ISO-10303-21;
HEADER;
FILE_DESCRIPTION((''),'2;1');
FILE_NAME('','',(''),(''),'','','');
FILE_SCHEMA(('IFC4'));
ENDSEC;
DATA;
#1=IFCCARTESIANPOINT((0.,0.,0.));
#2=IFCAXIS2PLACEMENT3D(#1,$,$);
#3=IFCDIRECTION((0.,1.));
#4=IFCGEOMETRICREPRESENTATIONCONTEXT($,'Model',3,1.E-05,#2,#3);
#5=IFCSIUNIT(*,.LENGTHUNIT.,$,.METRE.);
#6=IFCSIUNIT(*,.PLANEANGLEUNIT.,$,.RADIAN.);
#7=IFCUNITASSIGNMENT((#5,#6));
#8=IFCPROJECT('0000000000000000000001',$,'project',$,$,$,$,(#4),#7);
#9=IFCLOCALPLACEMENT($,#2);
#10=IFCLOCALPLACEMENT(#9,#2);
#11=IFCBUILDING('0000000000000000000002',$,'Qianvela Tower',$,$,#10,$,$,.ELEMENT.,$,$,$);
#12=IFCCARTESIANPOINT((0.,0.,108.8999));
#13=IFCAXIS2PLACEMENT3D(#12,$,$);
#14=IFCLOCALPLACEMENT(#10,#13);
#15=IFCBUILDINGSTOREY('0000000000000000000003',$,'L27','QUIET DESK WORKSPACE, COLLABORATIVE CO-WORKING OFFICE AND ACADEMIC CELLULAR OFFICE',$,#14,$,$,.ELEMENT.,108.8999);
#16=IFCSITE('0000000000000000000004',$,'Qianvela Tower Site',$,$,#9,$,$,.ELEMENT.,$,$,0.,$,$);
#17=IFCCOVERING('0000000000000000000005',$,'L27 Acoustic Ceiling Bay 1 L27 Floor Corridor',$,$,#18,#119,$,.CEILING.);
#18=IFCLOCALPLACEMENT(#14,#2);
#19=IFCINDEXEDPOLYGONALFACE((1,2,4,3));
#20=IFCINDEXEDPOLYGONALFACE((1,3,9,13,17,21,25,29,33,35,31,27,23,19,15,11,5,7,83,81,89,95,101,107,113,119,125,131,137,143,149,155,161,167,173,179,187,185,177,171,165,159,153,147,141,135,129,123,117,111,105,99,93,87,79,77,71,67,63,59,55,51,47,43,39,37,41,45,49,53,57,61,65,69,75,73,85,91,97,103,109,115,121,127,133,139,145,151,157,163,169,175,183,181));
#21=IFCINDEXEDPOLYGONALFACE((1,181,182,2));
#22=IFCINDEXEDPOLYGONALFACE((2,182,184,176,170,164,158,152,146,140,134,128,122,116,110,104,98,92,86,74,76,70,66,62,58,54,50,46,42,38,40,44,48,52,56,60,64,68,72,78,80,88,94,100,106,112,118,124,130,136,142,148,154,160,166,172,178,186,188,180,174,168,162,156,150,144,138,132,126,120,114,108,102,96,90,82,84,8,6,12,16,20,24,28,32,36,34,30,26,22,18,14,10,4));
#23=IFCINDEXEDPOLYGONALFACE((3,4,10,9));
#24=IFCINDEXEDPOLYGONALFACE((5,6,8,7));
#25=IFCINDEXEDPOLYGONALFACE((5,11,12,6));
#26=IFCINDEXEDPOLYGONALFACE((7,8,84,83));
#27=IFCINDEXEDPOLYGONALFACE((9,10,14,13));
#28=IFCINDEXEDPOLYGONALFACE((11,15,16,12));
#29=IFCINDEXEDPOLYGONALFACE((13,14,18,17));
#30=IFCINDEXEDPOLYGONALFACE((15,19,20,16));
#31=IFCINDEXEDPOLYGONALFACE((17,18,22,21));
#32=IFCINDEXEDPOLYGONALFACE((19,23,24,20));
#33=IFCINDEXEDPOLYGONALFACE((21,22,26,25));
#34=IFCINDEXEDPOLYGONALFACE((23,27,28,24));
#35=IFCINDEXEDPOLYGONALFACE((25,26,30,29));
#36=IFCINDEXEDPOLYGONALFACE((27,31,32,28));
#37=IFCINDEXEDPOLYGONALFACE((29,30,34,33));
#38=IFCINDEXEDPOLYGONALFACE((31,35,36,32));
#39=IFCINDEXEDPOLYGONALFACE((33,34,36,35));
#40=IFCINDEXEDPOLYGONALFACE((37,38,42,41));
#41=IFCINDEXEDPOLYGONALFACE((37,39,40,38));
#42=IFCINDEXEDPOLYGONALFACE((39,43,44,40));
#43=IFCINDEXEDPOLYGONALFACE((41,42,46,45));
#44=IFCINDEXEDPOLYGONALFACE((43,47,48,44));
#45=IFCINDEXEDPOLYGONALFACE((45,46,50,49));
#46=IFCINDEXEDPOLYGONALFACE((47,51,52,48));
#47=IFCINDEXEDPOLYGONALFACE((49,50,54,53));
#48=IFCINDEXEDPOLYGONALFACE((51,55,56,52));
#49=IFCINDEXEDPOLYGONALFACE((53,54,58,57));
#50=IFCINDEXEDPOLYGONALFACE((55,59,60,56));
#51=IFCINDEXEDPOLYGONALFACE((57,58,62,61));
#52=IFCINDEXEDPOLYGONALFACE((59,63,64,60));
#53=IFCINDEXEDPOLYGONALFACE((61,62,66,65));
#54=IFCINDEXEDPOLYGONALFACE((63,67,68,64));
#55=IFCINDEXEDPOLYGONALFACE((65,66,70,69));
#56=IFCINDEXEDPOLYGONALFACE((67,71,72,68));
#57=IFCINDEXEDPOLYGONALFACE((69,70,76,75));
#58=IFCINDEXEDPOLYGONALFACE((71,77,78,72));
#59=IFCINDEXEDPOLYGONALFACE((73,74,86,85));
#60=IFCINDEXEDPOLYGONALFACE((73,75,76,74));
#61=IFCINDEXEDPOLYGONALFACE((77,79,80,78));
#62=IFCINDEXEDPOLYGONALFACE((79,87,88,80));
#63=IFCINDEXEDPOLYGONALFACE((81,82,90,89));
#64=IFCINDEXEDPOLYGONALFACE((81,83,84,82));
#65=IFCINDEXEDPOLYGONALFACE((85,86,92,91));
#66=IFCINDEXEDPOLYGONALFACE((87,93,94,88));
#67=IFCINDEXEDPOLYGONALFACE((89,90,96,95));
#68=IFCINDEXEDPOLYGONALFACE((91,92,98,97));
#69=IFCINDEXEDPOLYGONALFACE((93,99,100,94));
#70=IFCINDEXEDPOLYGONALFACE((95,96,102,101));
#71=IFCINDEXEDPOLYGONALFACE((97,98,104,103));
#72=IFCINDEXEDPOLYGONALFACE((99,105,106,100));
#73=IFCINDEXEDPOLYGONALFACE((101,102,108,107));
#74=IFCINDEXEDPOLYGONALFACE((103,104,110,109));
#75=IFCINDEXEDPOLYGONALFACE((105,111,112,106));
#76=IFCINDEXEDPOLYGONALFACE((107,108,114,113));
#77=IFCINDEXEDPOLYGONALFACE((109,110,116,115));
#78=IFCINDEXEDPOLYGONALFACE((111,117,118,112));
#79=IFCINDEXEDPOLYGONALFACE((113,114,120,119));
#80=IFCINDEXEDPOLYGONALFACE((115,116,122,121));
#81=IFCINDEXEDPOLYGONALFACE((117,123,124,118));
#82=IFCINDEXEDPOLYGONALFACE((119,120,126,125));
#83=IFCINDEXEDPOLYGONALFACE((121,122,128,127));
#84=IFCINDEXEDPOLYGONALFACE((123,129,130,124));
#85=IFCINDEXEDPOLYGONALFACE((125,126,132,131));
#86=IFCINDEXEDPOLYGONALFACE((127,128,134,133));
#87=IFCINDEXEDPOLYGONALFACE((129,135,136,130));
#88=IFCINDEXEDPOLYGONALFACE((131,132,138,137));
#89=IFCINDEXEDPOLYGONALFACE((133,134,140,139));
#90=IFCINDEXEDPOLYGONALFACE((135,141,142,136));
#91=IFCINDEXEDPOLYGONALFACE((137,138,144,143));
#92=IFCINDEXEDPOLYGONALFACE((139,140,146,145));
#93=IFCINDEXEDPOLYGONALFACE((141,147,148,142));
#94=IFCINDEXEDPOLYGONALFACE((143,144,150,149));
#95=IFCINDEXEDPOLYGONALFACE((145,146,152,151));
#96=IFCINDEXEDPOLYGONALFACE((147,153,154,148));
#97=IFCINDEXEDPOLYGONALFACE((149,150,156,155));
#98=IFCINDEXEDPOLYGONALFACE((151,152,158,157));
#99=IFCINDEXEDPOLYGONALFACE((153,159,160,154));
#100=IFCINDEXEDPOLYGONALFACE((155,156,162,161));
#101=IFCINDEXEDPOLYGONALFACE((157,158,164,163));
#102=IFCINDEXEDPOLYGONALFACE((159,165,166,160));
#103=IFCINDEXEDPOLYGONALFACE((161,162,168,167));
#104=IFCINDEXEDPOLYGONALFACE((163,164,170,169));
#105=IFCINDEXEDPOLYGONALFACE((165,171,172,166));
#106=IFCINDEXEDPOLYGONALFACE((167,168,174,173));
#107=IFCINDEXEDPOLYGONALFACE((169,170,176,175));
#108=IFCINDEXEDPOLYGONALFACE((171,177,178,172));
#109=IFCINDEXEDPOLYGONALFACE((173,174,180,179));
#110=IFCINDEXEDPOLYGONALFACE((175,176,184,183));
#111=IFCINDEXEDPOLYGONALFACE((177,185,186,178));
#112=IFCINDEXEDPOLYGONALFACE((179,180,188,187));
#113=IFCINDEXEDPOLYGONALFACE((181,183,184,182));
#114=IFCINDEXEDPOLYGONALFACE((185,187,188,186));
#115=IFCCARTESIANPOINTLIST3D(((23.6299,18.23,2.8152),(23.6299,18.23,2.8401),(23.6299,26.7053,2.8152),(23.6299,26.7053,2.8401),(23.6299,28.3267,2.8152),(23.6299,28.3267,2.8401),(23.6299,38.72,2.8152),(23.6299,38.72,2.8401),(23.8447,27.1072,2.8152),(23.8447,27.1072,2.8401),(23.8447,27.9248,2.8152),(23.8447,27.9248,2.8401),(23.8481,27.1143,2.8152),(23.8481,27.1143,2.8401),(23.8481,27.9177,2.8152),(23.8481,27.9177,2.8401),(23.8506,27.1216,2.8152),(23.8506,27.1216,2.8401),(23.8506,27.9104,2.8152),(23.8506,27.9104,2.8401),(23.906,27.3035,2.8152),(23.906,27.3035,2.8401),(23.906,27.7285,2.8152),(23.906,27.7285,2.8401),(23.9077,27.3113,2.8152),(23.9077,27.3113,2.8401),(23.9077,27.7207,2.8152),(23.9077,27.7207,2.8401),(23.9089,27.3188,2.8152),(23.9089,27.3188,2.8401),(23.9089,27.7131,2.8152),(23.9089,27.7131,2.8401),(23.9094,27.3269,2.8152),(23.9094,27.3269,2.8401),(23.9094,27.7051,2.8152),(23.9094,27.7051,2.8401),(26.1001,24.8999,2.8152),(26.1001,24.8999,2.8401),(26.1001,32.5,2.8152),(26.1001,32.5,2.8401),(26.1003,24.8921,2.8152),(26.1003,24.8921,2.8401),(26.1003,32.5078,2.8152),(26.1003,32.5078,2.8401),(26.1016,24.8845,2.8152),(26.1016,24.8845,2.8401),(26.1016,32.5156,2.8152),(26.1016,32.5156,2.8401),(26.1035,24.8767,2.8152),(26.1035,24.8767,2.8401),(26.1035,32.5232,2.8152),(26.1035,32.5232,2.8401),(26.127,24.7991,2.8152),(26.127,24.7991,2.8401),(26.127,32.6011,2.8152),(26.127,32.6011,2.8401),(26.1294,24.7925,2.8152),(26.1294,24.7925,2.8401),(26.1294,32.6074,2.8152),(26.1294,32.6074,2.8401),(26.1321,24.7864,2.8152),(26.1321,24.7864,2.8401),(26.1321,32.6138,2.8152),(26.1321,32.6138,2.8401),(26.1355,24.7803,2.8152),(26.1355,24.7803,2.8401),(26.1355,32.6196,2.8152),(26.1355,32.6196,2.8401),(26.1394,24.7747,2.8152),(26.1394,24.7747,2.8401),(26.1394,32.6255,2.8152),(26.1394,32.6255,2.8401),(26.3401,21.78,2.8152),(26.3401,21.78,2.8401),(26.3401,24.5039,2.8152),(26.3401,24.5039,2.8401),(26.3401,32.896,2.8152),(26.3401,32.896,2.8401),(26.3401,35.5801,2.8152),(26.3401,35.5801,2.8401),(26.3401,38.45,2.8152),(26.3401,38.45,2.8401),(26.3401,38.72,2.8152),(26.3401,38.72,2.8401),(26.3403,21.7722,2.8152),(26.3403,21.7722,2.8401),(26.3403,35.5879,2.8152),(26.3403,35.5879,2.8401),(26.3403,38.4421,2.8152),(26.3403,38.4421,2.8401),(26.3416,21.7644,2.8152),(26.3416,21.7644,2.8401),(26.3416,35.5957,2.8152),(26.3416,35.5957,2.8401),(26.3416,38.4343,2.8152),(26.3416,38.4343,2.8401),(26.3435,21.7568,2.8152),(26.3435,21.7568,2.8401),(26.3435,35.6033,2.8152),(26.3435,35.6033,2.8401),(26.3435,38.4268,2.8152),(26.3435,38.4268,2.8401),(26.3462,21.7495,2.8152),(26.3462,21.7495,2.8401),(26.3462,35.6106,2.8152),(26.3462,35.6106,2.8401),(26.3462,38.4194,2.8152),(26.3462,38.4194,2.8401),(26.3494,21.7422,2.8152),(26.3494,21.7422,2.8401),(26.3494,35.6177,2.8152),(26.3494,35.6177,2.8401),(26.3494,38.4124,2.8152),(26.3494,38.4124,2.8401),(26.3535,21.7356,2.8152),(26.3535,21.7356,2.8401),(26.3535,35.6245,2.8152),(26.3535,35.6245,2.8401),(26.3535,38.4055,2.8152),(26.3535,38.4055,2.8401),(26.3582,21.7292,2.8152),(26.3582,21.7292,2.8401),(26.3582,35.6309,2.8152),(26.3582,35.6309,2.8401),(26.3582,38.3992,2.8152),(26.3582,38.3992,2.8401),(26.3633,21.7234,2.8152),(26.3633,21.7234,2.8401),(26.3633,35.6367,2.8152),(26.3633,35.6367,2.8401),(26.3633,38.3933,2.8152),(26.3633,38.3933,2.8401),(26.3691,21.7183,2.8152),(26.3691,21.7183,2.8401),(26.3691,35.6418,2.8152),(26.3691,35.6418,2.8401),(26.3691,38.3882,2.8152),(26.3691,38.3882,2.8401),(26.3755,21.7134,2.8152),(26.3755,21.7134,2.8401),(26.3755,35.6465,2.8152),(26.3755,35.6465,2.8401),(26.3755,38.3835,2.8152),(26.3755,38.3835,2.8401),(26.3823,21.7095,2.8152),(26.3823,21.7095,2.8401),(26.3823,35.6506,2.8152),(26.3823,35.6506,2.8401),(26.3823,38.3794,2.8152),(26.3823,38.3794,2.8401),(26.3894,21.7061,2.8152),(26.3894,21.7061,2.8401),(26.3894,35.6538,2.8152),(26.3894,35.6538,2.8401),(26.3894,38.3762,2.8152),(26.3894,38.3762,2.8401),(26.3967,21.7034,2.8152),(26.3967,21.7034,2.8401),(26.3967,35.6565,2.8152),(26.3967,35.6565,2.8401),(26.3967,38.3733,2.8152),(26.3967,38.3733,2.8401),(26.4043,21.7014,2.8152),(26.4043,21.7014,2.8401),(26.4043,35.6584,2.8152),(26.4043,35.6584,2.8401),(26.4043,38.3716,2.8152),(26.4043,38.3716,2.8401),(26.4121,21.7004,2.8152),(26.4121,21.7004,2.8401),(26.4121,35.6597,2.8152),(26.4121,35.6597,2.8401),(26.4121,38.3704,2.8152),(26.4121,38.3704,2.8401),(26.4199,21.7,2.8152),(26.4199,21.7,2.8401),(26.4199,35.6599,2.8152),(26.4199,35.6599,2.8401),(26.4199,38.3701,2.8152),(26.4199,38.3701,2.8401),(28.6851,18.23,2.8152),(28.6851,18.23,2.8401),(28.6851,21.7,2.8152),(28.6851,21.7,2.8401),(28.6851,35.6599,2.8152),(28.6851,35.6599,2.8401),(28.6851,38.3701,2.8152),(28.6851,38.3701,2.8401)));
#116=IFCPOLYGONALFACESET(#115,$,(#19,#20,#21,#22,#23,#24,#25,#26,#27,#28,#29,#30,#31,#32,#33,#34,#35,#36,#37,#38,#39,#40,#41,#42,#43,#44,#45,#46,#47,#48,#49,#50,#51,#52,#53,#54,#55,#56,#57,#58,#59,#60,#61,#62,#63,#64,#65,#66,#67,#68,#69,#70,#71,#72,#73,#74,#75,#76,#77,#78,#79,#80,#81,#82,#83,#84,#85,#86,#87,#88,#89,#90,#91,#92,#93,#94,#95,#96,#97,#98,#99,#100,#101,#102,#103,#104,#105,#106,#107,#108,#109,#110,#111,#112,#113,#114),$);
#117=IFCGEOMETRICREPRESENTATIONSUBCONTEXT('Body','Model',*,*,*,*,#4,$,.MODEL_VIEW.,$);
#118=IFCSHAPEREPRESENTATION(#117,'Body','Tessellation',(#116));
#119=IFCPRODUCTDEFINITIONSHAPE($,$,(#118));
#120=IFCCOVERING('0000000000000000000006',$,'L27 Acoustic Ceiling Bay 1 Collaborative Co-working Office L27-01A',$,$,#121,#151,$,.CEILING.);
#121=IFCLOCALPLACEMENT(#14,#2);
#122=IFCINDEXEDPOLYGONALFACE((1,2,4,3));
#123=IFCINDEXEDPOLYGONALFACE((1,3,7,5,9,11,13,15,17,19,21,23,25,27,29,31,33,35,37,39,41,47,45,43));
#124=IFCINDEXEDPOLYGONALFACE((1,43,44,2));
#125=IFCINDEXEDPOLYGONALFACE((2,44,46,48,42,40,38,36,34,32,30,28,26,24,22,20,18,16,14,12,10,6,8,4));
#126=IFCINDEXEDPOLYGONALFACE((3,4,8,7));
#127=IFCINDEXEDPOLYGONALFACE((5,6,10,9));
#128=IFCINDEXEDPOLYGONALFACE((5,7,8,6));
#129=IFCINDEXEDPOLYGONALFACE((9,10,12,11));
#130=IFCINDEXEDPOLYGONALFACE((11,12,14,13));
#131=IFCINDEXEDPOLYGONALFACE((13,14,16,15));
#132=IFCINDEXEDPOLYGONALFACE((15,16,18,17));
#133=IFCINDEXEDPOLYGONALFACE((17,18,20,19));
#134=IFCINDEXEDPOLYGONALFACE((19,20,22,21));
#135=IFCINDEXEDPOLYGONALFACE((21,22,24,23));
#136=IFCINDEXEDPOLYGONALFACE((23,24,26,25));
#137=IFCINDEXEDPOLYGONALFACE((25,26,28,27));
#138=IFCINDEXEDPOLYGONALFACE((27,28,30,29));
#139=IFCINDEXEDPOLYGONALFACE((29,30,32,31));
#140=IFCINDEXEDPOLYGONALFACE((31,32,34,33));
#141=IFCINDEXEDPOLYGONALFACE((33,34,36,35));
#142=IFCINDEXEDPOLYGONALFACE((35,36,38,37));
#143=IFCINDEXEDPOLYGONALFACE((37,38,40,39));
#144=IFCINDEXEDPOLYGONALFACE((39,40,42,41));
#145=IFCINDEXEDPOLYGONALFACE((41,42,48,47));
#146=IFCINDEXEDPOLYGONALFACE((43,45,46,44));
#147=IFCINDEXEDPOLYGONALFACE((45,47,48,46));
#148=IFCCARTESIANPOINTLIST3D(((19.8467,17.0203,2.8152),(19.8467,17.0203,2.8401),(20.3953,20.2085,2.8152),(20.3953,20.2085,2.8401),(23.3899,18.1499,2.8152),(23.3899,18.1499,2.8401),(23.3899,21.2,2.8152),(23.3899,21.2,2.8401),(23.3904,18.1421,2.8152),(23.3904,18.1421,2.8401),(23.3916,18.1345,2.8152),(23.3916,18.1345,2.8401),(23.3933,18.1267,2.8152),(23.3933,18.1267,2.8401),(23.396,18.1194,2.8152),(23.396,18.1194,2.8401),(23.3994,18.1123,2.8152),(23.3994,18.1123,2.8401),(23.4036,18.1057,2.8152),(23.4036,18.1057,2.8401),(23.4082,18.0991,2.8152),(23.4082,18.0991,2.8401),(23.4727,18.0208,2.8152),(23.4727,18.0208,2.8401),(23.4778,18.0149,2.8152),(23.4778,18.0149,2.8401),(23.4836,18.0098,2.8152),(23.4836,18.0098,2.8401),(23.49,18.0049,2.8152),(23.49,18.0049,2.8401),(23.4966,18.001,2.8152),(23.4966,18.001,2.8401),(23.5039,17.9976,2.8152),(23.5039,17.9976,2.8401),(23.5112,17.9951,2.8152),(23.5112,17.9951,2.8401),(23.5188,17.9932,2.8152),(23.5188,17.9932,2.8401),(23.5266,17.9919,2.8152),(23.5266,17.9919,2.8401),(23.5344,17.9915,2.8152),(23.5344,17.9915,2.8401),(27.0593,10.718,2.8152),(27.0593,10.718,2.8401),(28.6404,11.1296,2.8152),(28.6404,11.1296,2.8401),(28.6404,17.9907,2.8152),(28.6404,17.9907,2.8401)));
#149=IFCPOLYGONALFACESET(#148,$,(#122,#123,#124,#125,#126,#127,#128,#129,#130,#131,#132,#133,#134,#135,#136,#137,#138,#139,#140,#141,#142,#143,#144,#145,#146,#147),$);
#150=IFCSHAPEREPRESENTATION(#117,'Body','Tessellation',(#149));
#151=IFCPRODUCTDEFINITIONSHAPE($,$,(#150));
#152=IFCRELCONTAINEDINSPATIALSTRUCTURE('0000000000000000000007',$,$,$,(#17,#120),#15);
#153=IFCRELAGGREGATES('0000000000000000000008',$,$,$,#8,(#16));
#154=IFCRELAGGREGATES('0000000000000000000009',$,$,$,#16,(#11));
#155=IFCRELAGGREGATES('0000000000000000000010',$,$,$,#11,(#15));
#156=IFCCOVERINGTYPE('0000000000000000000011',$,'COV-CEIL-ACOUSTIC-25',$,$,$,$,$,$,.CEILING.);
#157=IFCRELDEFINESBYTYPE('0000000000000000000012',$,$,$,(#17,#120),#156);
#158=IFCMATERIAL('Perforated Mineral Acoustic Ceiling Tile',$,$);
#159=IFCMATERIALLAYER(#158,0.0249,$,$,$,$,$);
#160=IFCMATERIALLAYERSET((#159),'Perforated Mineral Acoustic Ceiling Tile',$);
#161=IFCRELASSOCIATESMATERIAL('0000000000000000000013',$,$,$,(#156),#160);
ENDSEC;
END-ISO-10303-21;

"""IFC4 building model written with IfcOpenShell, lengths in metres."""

from ifc_helpers import new_model, si_unit, direction, frame, origin, place, context, subcontext, project, spatial, polyline, outline, extrude, material, layer, layer_set, type_object, element, save


model = new_model("IFC4")

# Units and contexts
model_context = context("Model", 3, precision=1e-05, world=origin(), true_north=direction((0.0, 1.0)))
body_context = subcontext(model_context, "Body", "Model", "MODEL_VIEW")
ifc_project = project(units=[si_unit("LENGTHUNIT", "METRE"), si_unit("PLANEANGLEUNIT", "RADIAN")], contexts=[model_context])

# Site, building, storey
site_placement = place(None, origin())
site = spatial("IfcSite", under=ifc_project, at=site_placement, Name="Qianvela Tower Site", CompositionType="ELEMENT", RefElevation=0.0)
building_placement = place(site_placement, origin())
building = spatial("IfcBuilding", under=site, at=building_placement, Name="Qianvela Tower", CompositionType="ELEMENT")
storey_placement = place(building_placement, frame((0.0, 0.0, 108.8999)))
storey = spatial("IfcBuildingStorey", under=building, at=storey_placement, Name="L27", Description="QUIET DESK WORKSPACE, COLLABORATIVE CO-WORKING OFFICE AND ACADEMIC CELLULAR OFFICE", CompositionType="ELEMENT", Elevation=108.8999)

# Coverings
ifc_material_1 = material(Name="Perforated Mineral Acoustic Ceiling Tile")
ifc_layer_1 = layer(ifc_material_1, 0.0249)
ifc_layer_set_1 = layer_set([ifc_layer_1], Name="Perforated Mineral Acoustic Ceiling Tile")
covering_type_1 = type_object("IfcCoveringType", Name="COV-CEIL-ACOUSTIC-25", PredefinedType="CEILING", material=ifc_layer_set_1)
covering_1_placement = place(storey_placement, frame((0.0, 0.0, 2.8152)))
element("IfcCovering", 1, at=covering_1_placement, inside=storey, type_object=covering_type_1, Name="L27 Acoustic Ceiling Bay 1 L27 Floor Corridor", PredefinedType="CEILING", context=body_context, shape_type="SweptSolid", body=[
    extrude(outline(polyline([(23.8481, 27.9177), (23.8447, 27.9248), (23.6299, 28.3267), (23.6299, 38.72), (26.3401, 38.72), (26.3401, 38.45), (26.3403, 38.4421), (26.3416, 38.4343), (26.3435, 38.4268), (26.3462, 38.4194), (26.3494, 38.4124), (26.3535, 38.4055), (26.3582, 38.3992), (26.3633, 38.3933), (26.3691, 38.3882), (26.3755, 38.3835), (26.3823, 38.3794), (26.3894, 38.3762), (26.3967, 38.3733), (26.4043, 38.3716), (26.4121, 38.3704), (26.4199, 38.3701), (28.6851, 38.3701), (28.6851, 35.6599), (26.4199, 35.6599), (26.4121, 35.6597), (26.4043, 35.6584), (26.3967, 35.6565), (26.3894, 35.6538), (26.3823, 35.6506), (26.3755, 35.6465), (26.3691, 35.6418), (26.3633, 35.6367), (26.3582, 35.6309), (26.3535, 35.6245), (26.3494, 35.6177), (26.3462, 35.6106), (26.3435, 35.6033), (26.3416, 35.5957), (26.3403, 35.5879), (26.3401, 35.5801), (26.3401, 32.896), (26.1394, 32.6255), (26.1355, 32.6196), (26.1321, 32.6138), (26.1294, 32.6074), (26.127, 32.6011), (26.1035, 32.5232), (26.1016, 32.5156), (26.1003, 32.5078), (26.1001, 32.5), (26.1001, 24.8999), (26.1003, 24.8921), (26.1016, 24.8845), (26.1035, 24.8767), (26.127, 24.7991), (26.1294, 24.7925), (26.1321, 24.7864), (26.1355, 24.7803), (26.1394, 24.7747), (26.3401, 24.5039), (26.3401, 21.78), (26.3403, 21.7722), (26.3416, 21.7644), (26.3435, 21.7568), (26.3462, 21.7495), (26.3494, 21.7422), (26.3535, 21.7356), (26.3582, 21.7292), (26.3633, 21.7234), (26.3691, 21.7183), (26.3755, 21.7134), (26.3823, 21.7095), (26.3894, 21.7061), (26.3967, 21.7034), (26.4043, 21.7014), (26.4121, 21.7004), (26.4199, 21.7), (28.6851, 21.7), (28.6851, 18.23), (23.6299, 18.23), (23.6299, 26.7053), (23.8447, 27.1072), (23.8481, 27.1143), (23.8506, 27.1216), (23.906, 27.3035), (23.9077, 27.3113), (23.9089, 27.3188), (23.9094, 27.3269), (23.9094, 27.7051), (23.9089, 27.7131), (23.9077, 27.7207), (23.906, 27.7285), (23.8506, 27.9104), (23.8481, 27.9177)])), origin(), (0.0, 0.0, 1.0), 0.0249),
])
covering_2_placement = place(storey_placement, frame((0.0, 0.0, 2.8152)))
element("IfcCovering", 2, at=covering_2_placement, inside=storey, type_object=covering_type_1, Name="L27 Acoustic Ceiling Bay 1 Collaborative Co-working Office L27-01A", PredefinedType="CEILING", context=body_context, shape_type="SweptSolid", body=[
    extrude(outline(polyline([(23.3904, 18.1421), (23.3916, 18.1345), (23.3933, 18.1267), (23.396, 18.1194), (23.3994, 18.1123), (23.4036, 18.1057), (23.4082, 18.0991), (23.4727, 18.0208), (23.4778, 18.0149), (23.4836, 18.0098), (23.49, 18.0049), (23.4966, 18.001), (23.5039, 17.9976), (23.5112, 17.9951), (23.5188, 17.9932), (23.5266, 17.9919), (23.5344, 17.9915), (28.6404, 17.9907), (28.6404, 11.1296), (27.0593, 10.718), (19.8467, 17.0203), (20.3953, 20.2085), (23.3899, 21.2), (23.3899, 18.1499), (23.3904, 18.1421)])), origin(), (0.0, 0.0, 1.0), 0.0249),
])

save(model, "model.ifc")
